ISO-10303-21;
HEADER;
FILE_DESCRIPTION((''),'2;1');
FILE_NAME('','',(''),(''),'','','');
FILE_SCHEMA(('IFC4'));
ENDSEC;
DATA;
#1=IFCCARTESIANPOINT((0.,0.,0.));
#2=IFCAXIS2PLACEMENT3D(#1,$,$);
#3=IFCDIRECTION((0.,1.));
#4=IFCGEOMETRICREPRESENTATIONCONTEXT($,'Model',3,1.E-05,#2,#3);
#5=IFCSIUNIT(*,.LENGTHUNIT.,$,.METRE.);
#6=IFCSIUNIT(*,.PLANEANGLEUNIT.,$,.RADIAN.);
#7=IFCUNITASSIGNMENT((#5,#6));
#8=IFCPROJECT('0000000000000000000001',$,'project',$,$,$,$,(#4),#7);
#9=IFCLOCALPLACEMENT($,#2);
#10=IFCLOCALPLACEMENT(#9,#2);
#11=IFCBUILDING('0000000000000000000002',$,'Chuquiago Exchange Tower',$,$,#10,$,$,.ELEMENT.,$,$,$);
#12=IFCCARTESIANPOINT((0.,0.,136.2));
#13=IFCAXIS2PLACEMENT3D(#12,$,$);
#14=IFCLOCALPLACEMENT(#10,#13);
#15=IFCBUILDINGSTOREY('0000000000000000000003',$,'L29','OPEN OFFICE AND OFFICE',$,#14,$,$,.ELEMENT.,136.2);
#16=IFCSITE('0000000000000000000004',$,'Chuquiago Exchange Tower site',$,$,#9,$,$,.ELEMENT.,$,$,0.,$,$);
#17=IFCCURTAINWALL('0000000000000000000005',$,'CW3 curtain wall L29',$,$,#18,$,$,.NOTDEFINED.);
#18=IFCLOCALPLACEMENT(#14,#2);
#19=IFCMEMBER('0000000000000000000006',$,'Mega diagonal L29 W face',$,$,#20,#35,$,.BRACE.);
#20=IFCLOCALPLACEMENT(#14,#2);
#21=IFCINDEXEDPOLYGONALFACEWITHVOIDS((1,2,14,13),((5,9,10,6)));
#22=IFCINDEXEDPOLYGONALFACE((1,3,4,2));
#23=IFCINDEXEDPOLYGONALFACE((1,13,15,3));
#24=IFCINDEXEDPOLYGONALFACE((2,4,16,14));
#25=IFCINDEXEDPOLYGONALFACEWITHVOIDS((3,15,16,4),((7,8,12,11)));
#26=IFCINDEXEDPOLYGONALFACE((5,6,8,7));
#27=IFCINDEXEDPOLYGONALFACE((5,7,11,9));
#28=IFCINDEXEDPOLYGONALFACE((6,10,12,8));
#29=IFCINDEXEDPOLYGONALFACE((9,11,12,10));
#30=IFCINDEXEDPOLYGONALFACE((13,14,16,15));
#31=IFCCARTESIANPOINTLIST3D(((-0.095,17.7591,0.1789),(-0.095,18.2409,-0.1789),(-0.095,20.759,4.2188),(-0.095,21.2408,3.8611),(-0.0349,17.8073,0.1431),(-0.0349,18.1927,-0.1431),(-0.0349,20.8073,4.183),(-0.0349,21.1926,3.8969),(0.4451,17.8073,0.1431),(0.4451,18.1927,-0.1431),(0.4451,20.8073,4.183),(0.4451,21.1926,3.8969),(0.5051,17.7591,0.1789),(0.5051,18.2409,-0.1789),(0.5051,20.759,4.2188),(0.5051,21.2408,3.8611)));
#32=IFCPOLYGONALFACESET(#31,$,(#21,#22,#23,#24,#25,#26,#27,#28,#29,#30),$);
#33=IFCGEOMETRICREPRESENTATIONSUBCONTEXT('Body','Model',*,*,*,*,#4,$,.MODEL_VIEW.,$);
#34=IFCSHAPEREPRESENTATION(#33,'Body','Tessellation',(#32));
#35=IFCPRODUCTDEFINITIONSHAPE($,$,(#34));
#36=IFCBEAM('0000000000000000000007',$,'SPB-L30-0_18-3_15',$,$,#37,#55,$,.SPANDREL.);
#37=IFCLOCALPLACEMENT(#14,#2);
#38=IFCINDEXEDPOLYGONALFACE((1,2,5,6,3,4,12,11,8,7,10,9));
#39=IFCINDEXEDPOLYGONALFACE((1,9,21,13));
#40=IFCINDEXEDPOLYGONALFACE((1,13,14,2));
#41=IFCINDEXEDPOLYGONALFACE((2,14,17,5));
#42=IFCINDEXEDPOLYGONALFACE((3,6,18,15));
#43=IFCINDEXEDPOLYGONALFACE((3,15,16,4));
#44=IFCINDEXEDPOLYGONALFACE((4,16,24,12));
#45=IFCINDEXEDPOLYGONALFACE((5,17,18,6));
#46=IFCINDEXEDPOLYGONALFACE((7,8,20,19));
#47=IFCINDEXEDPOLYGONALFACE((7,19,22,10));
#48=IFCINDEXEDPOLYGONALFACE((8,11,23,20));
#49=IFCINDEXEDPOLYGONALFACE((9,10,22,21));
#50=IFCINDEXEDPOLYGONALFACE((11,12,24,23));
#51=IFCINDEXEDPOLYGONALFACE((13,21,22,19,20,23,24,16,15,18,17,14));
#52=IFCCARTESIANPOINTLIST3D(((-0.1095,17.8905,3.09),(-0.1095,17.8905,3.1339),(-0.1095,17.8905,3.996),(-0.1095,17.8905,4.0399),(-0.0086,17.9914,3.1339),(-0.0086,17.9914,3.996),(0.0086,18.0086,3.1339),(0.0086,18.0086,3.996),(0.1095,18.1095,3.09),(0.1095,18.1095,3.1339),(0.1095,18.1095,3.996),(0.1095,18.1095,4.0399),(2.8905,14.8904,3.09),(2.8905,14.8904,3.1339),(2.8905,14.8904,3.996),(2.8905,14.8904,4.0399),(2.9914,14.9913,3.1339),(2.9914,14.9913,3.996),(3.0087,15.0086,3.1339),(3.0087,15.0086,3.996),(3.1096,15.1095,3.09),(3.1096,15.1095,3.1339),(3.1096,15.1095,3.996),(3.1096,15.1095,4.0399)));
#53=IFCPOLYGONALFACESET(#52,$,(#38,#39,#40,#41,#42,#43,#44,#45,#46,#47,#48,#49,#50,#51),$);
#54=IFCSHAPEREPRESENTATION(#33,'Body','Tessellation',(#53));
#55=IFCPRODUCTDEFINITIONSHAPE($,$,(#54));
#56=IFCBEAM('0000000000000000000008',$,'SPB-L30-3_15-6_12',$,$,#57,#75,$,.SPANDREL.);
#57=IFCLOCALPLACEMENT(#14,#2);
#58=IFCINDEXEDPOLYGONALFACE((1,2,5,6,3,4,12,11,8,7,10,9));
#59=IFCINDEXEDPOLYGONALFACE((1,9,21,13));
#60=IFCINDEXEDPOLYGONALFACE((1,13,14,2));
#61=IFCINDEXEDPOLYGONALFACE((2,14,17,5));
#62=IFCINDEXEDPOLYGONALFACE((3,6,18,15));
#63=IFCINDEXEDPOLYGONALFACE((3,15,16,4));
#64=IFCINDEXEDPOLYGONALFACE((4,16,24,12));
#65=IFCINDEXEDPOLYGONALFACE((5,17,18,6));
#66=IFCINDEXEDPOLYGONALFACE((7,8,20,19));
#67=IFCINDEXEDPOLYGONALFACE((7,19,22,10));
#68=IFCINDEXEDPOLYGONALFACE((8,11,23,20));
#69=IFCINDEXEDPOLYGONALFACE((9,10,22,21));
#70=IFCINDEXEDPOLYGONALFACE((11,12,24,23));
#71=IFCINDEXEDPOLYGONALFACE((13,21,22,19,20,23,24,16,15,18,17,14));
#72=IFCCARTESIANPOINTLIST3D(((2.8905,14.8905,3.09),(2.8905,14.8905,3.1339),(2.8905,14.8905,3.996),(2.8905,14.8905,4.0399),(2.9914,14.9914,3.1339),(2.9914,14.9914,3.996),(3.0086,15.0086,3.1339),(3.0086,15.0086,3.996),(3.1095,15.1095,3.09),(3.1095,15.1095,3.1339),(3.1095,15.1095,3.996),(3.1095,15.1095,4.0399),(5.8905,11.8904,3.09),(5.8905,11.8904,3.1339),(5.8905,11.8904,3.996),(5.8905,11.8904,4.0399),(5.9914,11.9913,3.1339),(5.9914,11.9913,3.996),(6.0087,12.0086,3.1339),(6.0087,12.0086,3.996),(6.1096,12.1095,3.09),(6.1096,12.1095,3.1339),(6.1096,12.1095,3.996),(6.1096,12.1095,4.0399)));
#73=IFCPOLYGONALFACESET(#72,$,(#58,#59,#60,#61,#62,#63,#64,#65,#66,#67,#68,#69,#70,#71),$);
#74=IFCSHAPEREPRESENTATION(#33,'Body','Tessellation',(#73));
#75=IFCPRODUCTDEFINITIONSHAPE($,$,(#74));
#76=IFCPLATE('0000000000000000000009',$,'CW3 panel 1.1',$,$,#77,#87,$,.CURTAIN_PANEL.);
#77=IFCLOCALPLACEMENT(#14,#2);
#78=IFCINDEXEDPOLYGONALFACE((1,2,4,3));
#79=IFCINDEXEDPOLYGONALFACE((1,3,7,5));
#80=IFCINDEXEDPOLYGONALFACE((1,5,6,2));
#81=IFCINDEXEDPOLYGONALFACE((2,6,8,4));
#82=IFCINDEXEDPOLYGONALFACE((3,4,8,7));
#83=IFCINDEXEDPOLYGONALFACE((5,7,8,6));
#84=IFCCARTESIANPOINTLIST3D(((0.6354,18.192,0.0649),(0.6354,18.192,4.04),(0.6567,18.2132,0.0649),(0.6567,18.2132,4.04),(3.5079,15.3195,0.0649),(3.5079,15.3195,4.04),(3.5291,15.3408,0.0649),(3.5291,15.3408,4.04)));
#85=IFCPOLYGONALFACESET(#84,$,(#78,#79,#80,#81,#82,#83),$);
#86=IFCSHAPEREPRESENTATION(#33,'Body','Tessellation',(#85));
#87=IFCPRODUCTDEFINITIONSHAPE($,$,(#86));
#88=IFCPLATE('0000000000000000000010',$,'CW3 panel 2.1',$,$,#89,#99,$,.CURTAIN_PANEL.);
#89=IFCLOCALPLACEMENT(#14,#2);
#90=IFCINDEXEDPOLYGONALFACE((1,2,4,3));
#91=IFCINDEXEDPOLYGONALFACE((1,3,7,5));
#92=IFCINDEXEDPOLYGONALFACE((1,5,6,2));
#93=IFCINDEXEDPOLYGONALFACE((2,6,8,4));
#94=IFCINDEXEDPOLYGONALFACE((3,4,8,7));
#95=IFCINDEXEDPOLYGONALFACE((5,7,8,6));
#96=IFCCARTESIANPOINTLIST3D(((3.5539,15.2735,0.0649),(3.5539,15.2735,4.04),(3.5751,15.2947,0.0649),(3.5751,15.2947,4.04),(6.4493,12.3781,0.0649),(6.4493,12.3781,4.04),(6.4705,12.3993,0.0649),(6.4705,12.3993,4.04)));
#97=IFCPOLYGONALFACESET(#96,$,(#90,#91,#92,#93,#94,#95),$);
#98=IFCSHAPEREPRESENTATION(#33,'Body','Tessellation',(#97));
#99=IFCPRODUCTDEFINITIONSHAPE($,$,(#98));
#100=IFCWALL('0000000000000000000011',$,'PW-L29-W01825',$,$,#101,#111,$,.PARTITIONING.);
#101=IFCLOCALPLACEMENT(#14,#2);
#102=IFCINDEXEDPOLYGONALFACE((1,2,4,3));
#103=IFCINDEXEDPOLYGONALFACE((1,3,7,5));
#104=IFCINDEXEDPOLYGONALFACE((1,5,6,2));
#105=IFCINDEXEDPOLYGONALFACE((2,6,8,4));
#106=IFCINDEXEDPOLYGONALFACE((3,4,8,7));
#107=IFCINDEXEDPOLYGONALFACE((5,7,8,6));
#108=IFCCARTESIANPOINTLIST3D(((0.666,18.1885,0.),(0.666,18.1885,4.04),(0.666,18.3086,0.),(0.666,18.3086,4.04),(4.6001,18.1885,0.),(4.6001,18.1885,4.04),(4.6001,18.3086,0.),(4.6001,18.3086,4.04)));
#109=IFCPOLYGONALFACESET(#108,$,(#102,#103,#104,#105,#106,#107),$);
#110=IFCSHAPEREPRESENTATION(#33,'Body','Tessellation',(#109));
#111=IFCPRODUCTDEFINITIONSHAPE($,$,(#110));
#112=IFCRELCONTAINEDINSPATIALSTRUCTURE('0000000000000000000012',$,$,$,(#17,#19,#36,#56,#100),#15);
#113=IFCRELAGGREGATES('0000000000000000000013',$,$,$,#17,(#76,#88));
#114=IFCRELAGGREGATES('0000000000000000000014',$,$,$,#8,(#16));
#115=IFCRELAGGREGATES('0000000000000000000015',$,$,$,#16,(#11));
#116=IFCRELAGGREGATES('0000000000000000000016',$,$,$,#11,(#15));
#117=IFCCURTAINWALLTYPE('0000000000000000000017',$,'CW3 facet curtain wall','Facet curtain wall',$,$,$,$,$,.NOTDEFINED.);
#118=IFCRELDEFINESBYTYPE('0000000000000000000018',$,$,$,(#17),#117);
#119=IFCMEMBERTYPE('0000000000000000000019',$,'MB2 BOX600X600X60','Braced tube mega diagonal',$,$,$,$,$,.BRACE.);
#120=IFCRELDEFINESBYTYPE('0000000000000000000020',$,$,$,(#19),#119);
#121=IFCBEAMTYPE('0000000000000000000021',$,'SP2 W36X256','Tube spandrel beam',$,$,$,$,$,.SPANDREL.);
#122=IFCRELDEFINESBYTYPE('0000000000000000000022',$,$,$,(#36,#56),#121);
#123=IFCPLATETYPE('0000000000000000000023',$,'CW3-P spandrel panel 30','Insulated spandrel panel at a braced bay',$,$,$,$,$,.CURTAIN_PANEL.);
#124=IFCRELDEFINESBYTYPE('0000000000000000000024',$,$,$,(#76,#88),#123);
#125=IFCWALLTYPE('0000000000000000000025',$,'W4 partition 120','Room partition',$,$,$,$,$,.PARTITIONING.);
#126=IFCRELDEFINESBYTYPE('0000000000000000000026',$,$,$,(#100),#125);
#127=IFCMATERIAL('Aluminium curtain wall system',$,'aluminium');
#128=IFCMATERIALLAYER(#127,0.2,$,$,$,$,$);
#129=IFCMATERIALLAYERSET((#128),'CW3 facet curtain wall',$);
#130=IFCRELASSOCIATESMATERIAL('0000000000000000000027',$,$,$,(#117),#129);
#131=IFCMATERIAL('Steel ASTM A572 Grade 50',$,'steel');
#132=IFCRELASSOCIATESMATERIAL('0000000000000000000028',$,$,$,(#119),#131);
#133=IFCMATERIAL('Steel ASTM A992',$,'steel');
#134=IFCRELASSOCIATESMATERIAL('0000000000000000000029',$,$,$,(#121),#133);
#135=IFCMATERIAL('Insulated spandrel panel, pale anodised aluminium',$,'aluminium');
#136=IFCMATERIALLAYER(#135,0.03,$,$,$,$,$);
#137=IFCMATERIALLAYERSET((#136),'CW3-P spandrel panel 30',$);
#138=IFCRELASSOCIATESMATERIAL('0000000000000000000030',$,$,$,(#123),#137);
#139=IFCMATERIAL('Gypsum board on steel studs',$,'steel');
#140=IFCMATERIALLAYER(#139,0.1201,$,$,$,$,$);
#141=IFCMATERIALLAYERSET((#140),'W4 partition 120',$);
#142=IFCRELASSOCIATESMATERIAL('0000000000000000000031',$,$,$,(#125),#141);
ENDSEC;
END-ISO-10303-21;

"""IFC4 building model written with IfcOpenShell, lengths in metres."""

from ifc_helpers import new_model, si_unit, direction, frame, frame_2d, origin, origin_2d, place, context, subcontext, project, spatial, rectangle, hollow_rectangle, i_section, extrude, material, layer, layer_set, material_profile, profile_set, type_object, element, aggregate, save


model = new_model("IFC4")

# Units and contexts
model_context = context("Model", 3, precision=1e-05, world=origin(), true_north=direction((0.0, 1.0)))
body_context = subcontext(model_context, "Body", "Model", "MODEL_VIEW")
ifc_project = project(units=[si_unit("LENGTHUNIT", "METRE"), si_unit("PLANEANGLEUNIT", "RADIAN")], contexts=[model_context])

# Site, building, storey
site_placement = place(None, origin())
site = spatial("IfcSite", under=ifc_project, at=site_placement, Name="Chuquiago Exchange Tower site", CompositionType="ELEMENT", RefElevation=0.0)
building_placement = place(site_placement, origin())
building = spatial("IfcBuilding", under=site, at=building_placement, Name="Chuquiago Exchange Tower", CompositionType="ELEMENT")
storey_placement = place(building_placement, frame((0.0, 0.0, 136.2)))
storey = spatial("IfcBuildingStorey", under=building, at=storey_placement, Name="L29", Description="OPEN OFFICE AND OFFICE", CompositionType="ELEMENT", Elevation=136.2)

# Curtain wall
ifc_material_1 = material(Name="Aluminium curtain wall system", Category="aluminium")
ifc_layer_1 = layer(ifc_material_1, 0.2)
ifc_layer_set_1 = layer_set([ifc_layer_1], Name="CW3 facet curtain wall")
curtain_wall_type_1 = type_object("IfcCurtainWallType", Name="CW3 facet curtain wall", Description="Facet curtain wall", PredefinedType="NOTDEFINED", material=ifc_layer_set_1)
curtain_wall_1_placement = place(storey_placement, origin())
curtain_wall_1 = element("IfcCurtainWall", 1, at=curtain_wall_1_placement, inside=storey, type_object=curtain_wall_type_1, Name="CW3 curtain wall L29", PredefinedType="NOTDEFINED")

# Member
ifc_material_2 = material(Name="Steel ASTM A572 Grade 50", Category="steel")
ifc_material_profile_1 = material_profile(ifc_material_2, hollow_rectangle(XDim=0.6001, YDim=0.6001, WallThickness=0.0601, at=origin_2d()), Name="BOX600X600X60")
ifc_profile_set_1 = profile_set([ifc_material_profile_1], Name="Steel ASTM A572 Grade 50")
member_type_1 = type_object("IfcMemberType", Name="MB2 BOX600X600X60", Description="Braced tube mega diagonal", PredefinedType="BRACE", material=ifc_profile_set_1)
member_1_placement = place(storey_placement, frame((0.2051, 18.0, 0.0), z_axis=(0.0, 0.596174, 0.802855), x_axis=(-1.0, 0.0, 0.0)))
element("IfcMember", 2, at=member_1_placement, inside=storey, type_object=member_type_1, Name="Mega diagonal L29 W face", PredefinedType="BRACE", context=body_context, shape_type="SweptSolid", body=[
    extrude(hollow_rectangle(XDim=0.6001, YDim=0.6001, WallThickness=0.0601, at=origin_2d()), origin(), (0.0, 0.0, 1.0), 5.032),
])

# Beams
ifc_material_3 = material(Name="Steel ASTM A992", Category="steel")
ifc_material_profile_2 = material_profile(ifc_material_3, i_section(OverallWidth=0.3098, OverallDepth=0.95, WebThickness=0.0244, FlangeThickness=0.0439, at=origin_2d()), Name="W36X256")
ifc_profile_set_2 = profile_set([ifc_material_profile_2], Name="Steel ASTM A992")
beam_type = type_object("IfcBeamType", Name="SP2 W36X256", Description="Tube spandrel beam", PredefinedType="SPANDREL", material=ifc_profile_set_2)
for number, where, z_axis, x_axis, name in (
    (3, (0.0, 18.0, 3.5649), (0.707107, -0.707107, 0.0), (0.707107, 0.707107, 0.0), "SPB-L30-0_18-3_15"),
    (4, (3.0, 15.0, 3.5649), (0.707107, -0.707107, 0.0), (0.707107, 0.707107, 0.0), "SPB-L30-3_15-6_12"),
):
    element("IfcBeam", number, at=place(storey_placement, frame(where, z_axis=z_axis, x_axis=x_axis)), inside=storey, type_object=beam_type, Name=name, PredefinedType="SPANDREL", context=body_context, shape_type="SweptSolid", body=[
        extrude(i_section(OverallWidth=0.3098, OverallDepth=0.95, WebThickness=0.0244, FlangeThickness=0.0439, at=origin_2d()), origin(), (0.0, 0.0, 1.0), 4.2427),
    ])

# Plates
ifc_material_4 = material(Name="Insulated spandrel panel, pale anodised aluminium", Category="aluminium")
ifc_layer_2 = layer(ifc_material_4, 0.03)
ifc_layer_set_2 = layer_set([ifc_layer_2], Name="CW3-P spandrel panel 30")
plate_type = type_object("IfcPlateType", Name="CW3-P spandrel panel 30", Description="Insulated spandrel panel at a braced bay", PredefinedType="CURTAIN_PANEL", material=ifc_layer_set_2)
plate_1_placement = place(storey_placement, frame((2.0823, 16.7664, 0.0649), z_axis=(0.0, 0.0, 1.0), x_axis=(0.707107, -0.707107, 0.0)))
plate_1 = element("IfcPlate", 5, at=plate_1_placement, type_object=plate_type, Name="CW3 panel 1.1", PredefinedType="CURTAIN_PANEL", context=body_context, shape_type="SweptSolid", body=[
    extrude(rectangle(XDim=4.0623, YDim=0.03, at=origin_2d()), origin(), (0.0, 0.0, 1.0), 3.9751),
])
plate_2_placement = place(storey_placement, frame((5.0122, 13.8364, 0.0649), z_axis=(0.0, 0.0, 1.0), x_axis=(0.707107, -0.707107, 0.0)))
plate_2 = element("IfcPlate", 6, at=plate_2_placement, type_object=plate_type, Name="CW3 panel 2.1", PredefinedType="CURTAIN_PANEL", context=body_context, shape_type="SweptSolid", body=[
    extrude(rectangle(XDim=4.0947, YDim=0.03, at=origin_2d()), origin(), (0.0, 0.0, 1.0), 3.9751),
])
aggregate(curtain_wall_1, [plate_1, plate_2])

# Wall
ifc_material_5 = material(Name="Gypsum board on steel studs", Category="steel")
ifc_layer_3 = layer(ifc_material_5, 0.1201)
ifc_layer_set_3 = layer_set([ifc_layer_3], Name="W4 partition 120")
wall_type = type_object("IfcWallType", Name="W4 partition 120", Description="Room partition", PredefinedType="PARTITIONING", material=ifc_layer_set_3)
wall_1_placement = place(storey_placement, frame((0.666, 18.2485, 0.0), z_axis=(0.0, 0.0, 1.0), x_axis=(1.0, 0.0, 0.0)))
element("IfcWall", 7, at=wall_1_placement, inside=storey, type_object=wall_type, Name="PW-L29-W01825", PredefinedType="PARTITIONING", context=body_context, shape_type="SweptSolid", body=[
    extrude(rectangle(XDim=3.9341, YDim=0.1201, at=frame_2d((1.967, 0.0))), origin(), (0.0, 0.0, 1.0), 4.04),
])

save(model, "model.ifc")
